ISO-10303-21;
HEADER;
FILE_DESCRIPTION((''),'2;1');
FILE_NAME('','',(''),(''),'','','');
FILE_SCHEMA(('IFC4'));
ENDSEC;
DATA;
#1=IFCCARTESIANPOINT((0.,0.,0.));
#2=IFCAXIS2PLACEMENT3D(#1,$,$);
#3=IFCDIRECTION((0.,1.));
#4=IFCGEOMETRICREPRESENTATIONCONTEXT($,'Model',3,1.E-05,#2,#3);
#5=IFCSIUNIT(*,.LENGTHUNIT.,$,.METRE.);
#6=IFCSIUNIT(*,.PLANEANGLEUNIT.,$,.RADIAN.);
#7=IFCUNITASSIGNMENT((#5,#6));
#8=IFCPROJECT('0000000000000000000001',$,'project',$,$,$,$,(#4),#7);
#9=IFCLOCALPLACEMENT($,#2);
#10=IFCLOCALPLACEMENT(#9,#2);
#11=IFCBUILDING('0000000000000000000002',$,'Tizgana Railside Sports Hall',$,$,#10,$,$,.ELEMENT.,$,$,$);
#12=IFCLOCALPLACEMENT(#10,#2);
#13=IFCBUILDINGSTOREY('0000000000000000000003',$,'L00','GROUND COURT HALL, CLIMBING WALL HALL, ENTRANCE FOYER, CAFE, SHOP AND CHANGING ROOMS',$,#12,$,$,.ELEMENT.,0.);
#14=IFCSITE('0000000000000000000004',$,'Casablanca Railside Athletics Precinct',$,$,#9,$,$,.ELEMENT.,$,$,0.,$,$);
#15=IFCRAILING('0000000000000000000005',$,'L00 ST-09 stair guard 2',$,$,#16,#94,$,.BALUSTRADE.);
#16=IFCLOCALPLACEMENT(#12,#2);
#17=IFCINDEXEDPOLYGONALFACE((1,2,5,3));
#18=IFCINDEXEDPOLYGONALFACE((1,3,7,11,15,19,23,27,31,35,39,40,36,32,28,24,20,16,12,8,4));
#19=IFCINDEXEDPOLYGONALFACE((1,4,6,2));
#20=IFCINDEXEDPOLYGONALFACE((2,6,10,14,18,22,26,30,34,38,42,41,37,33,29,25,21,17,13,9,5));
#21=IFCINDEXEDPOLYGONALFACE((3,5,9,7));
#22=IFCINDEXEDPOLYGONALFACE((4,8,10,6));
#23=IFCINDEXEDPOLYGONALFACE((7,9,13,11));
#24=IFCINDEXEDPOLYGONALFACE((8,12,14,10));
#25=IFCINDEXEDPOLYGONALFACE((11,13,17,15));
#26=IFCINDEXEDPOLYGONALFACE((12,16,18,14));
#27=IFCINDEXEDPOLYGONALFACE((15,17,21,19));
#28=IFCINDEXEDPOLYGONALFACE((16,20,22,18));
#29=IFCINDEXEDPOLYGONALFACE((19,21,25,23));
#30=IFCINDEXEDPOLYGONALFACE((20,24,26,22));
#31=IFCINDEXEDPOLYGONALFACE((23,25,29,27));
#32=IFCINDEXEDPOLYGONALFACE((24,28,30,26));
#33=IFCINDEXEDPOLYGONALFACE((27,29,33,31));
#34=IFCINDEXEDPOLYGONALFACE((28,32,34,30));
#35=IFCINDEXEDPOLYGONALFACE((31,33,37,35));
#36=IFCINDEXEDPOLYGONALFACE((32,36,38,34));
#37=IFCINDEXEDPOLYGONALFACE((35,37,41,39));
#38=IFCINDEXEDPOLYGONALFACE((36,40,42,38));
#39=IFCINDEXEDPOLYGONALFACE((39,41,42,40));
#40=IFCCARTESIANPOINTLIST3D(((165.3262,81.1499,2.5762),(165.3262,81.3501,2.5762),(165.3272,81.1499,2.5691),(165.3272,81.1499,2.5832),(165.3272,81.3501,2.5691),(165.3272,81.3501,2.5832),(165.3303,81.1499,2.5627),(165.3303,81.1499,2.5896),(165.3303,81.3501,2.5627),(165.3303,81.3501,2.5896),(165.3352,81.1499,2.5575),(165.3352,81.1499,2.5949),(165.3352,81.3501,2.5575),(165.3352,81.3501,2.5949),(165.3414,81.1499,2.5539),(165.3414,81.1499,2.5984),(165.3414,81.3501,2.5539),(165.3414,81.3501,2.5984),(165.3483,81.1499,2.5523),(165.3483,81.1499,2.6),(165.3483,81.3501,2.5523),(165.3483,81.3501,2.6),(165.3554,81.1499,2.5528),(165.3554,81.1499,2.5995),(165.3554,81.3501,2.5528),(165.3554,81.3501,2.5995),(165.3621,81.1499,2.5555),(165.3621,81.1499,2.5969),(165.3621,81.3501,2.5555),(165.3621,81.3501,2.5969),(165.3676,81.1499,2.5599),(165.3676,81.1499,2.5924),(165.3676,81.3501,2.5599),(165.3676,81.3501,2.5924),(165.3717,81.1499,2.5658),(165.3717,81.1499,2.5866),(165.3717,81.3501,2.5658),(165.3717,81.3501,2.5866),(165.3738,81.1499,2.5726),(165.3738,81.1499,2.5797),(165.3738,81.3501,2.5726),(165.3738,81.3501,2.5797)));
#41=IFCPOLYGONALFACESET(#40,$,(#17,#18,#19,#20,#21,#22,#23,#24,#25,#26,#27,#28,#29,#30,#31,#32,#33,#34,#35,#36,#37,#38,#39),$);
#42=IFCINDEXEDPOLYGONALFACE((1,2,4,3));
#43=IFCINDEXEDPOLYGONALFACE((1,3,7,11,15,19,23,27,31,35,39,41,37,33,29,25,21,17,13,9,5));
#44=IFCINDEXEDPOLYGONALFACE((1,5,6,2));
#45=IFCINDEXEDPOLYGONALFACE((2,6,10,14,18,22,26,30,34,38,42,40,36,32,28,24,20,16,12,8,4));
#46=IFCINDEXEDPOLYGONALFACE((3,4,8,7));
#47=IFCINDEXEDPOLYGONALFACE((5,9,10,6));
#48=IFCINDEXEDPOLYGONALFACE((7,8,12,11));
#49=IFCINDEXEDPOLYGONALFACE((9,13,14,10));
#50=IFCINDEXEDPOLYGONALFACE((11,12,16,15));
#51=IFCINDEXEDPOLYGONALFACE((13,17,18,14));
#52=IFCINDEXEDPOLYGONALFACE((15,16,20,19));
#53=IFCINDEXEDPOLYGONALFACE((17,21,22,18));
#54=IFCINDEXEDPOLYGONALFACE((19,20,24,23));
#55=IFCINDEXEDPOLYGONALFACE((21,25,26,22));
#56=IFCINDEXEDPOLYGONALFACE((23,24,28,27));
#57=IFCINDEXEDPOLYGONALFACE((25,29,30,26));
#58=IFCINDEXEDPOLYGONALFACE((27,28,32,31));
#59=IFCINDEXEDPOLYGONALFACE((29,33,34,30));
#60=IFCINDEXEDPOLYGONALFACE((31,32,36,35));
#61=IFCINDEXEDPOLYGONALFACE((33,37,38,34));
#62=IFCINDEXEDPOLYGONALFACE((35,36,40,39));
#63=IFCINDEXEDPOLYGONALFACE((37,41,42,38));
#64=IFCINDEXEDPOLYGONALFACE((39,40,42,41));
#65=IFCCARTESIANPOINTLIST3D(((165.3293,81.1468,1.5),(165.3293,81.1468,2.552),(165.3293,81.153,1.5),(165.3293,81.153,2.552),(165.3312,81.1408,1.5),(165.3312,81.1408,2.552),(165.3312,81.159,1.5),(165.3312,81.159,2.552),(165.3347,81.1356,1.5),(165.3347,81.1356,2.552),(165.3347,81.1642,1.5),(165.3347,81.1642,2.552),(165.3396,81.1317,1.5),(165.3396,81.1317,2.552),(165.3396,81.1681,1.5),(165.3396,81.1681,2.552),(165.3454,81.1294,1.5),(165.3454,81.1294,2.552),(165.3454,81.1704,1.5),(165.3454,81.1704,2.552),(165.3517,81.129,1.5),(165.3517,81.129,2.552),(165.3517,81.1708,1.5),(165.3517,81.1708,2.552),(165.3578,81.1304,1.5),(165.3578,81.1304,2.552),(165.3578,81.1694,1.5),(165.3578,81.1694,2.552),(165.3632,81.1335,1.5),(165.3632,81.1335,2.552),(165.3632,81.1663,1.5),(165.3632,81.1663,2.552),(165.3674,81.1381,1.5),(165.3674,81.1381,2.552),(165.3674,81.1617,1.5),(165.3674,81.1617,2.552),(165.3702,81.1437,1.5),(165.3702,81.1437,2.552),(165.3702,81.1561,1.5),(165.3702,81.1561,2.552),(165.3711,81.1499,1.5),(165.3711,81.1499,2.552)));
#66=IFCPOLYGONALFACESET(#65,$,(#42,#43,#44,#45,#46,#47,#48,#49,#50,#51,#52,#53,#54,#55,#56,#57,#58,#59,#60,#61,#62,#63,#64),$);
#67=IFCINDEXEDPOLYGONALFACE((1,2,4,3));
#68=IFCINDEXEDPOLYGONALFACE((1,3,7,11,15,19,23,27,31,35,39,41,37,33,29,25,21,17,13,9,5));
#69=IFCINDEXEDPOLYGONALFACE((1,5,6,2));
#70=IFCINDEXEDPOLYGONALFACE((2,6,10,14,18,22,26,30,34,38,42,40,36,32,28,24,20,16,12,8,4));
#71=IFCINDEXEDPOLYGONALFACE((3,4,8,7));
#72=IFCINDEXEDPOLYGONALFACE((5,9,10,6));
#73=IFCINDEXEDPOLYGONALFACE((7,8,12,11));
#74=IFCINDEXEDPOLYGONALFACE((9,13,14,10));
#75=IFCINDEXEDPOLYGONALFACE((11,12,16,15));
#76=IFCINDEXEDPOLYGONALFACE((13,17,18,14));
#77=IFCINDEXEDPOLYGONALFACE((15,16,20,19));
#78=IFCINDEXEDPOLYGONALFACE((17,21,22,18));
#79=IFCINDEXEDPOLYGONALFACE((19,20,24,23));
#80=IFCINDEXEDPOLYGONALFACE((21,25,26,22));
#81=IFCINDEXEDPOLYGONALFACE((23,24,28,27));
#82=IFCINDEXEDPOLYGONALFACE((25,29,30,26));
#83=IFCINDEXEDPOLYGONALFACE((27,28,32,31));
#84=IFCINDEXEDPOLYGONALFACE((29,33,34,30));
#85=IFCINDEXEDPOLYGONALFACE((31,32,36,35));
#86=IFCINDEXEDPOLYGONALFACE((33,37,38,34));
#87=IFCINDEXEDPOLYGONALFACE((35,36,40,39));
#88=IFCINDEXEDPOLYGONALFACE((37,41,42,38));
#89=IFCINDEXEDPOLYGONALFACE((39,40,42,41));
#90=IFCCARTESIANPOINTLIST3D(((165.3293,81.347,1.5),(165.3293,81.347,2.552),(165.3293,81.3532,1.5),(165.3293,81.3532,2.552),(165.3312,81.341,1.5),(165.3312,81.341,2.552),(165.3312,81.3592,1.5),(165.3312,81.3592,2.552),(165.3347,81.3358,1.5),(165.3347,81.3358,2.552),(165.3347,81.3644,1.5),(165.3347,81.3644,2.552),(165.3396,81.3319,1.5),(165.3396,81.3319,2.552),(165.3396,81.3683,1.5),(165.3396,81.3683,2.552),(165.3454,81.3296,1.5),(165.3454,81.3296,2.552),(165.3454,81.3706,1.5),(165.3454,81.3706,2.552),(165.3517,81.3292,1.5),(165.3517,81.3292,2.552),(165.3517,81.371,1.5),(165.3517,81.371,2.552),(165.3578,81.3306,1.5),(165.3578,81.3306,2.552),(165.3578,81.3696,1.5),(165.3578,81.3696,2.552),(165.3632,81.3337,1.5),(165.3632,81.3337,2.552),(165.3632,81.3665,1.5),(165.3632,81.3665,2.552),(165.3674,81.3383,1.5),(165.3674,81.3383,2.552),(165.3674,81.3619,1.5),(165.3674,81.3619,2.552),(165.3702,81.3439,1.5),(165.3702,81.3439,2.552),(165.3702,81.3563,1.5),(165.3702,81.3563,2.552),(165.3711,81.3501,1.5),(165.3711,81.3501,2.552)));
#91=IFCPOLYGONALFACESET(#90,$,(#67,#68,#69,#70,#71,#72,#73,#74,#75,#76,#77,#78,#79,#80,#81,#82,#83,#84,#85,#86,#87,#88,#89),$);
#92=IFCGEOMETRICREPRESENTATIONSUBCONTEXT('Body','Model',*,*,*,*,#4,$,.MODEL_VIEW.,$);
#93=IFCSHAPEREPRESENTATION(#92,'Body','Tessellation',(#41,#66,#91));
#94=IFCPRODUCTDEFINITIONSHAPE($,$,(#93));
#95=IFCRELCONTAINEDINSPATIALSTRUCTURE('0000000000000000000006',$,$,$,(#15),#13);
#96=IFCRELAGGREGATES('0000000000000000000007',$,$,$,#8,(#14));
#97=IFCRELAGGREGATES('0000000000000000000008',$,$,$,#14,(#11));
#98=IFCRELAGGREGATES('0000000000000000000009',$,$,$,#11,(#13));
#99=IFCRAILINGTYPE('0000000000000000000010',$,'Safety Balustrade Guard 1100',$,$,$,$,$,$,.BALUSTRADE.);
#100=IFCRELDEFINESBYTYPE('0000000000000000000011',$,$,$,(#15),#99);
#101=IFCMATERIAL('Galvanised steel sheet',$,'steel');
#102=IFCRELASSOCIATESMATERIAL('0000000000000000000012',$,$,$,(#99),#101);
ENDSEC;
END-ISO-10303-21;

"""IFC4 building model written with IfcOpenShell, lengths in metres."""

from ifc_helpers import new_model, si_unit, direction, frame, origin, origin_2d, place, context, subcontext, project, spatial, circle, extrude, material, type_object, element, save


model = new_model("IFC4")

# Units and contexts
model_context = context("Model", 3, precision=1e-05, world=origin(), true_north=direction((0.0, 1.0)))
body_context = subcontext(model_context, "Body", "Model", "MODEL_VIEW")
ifc_project = project(units=[si_unit("LENGTHUNIT", "METRE"), si_unit("PLANEANGLEUNIT", "RADIAN")], contexts=[model_context])

# Site, building, storey
site_placement = place(None, origin())
site = spatial("IfcSite", under=ifc_project, at=site_placement, Name="Casablanca Railside Athletics Precinct", CompositionType="ELEMENT", RefElevation=0.0)
building_placement = place(site_placement, origin())
building = spatial("IfcBuilding", under=site, at=building_placement, Name="Tizgana Railside Sports Hall", CompositionType="ELEMENT")
storey_placement = place(building_placement, origin())
storey = spatial("IfcBuildingStorey", under=building, at=storey_placement, Name="L00", Description="GROUND COURT HALL, CLIMBING WALL HALL, ENTRANCE FOYER, CAFE, SHOP AND CHANGING ROOMS", CompositionType="ELEMENT", Elevation=0.0)

# Railing
ifc_material_1 = material(Name="Galvanised steel sheet", Category="steel")
railing_type_1 = type_object("IfcRailingType", Name="Safety Balustrade Guard 1100", PredefinedType="BALUSTRADE", material=ifc_material_1)
railing_1_placement = place(storey_placement, frame((165.3501, 81.1499, 1.5)))
element("IfcRailing", 1, at=railing_1_placement, inside=storey, type_object=railing_type_1, Name="L00 ST-09 stair guard 2", PredefinedType="BALUSTRADE", context=body_context, shape_type="SweptSolid", body=[
    extrude(circle(Radius=0.0239, at=origin_2d()), frame((0.0, 0.0, 1.0762), z_axis=(0.0, 1.0, 0.0), x_axis=(-1.0, 0.0, 0.0)), (0.0, 0.0, 1.0), 0.2002),
    extrude(circle(Radius=0.021, at=origin_2d()), origin(), (0.0, 0.0, 1.0), 1.052),
    extrude(circle(Radius=0.021, at=origin_2d()), frame((0.0, 0.2002, 0.0)), (0.0, 0.0, 1.0), 1.052),
])

save(model, "model.ifc")
